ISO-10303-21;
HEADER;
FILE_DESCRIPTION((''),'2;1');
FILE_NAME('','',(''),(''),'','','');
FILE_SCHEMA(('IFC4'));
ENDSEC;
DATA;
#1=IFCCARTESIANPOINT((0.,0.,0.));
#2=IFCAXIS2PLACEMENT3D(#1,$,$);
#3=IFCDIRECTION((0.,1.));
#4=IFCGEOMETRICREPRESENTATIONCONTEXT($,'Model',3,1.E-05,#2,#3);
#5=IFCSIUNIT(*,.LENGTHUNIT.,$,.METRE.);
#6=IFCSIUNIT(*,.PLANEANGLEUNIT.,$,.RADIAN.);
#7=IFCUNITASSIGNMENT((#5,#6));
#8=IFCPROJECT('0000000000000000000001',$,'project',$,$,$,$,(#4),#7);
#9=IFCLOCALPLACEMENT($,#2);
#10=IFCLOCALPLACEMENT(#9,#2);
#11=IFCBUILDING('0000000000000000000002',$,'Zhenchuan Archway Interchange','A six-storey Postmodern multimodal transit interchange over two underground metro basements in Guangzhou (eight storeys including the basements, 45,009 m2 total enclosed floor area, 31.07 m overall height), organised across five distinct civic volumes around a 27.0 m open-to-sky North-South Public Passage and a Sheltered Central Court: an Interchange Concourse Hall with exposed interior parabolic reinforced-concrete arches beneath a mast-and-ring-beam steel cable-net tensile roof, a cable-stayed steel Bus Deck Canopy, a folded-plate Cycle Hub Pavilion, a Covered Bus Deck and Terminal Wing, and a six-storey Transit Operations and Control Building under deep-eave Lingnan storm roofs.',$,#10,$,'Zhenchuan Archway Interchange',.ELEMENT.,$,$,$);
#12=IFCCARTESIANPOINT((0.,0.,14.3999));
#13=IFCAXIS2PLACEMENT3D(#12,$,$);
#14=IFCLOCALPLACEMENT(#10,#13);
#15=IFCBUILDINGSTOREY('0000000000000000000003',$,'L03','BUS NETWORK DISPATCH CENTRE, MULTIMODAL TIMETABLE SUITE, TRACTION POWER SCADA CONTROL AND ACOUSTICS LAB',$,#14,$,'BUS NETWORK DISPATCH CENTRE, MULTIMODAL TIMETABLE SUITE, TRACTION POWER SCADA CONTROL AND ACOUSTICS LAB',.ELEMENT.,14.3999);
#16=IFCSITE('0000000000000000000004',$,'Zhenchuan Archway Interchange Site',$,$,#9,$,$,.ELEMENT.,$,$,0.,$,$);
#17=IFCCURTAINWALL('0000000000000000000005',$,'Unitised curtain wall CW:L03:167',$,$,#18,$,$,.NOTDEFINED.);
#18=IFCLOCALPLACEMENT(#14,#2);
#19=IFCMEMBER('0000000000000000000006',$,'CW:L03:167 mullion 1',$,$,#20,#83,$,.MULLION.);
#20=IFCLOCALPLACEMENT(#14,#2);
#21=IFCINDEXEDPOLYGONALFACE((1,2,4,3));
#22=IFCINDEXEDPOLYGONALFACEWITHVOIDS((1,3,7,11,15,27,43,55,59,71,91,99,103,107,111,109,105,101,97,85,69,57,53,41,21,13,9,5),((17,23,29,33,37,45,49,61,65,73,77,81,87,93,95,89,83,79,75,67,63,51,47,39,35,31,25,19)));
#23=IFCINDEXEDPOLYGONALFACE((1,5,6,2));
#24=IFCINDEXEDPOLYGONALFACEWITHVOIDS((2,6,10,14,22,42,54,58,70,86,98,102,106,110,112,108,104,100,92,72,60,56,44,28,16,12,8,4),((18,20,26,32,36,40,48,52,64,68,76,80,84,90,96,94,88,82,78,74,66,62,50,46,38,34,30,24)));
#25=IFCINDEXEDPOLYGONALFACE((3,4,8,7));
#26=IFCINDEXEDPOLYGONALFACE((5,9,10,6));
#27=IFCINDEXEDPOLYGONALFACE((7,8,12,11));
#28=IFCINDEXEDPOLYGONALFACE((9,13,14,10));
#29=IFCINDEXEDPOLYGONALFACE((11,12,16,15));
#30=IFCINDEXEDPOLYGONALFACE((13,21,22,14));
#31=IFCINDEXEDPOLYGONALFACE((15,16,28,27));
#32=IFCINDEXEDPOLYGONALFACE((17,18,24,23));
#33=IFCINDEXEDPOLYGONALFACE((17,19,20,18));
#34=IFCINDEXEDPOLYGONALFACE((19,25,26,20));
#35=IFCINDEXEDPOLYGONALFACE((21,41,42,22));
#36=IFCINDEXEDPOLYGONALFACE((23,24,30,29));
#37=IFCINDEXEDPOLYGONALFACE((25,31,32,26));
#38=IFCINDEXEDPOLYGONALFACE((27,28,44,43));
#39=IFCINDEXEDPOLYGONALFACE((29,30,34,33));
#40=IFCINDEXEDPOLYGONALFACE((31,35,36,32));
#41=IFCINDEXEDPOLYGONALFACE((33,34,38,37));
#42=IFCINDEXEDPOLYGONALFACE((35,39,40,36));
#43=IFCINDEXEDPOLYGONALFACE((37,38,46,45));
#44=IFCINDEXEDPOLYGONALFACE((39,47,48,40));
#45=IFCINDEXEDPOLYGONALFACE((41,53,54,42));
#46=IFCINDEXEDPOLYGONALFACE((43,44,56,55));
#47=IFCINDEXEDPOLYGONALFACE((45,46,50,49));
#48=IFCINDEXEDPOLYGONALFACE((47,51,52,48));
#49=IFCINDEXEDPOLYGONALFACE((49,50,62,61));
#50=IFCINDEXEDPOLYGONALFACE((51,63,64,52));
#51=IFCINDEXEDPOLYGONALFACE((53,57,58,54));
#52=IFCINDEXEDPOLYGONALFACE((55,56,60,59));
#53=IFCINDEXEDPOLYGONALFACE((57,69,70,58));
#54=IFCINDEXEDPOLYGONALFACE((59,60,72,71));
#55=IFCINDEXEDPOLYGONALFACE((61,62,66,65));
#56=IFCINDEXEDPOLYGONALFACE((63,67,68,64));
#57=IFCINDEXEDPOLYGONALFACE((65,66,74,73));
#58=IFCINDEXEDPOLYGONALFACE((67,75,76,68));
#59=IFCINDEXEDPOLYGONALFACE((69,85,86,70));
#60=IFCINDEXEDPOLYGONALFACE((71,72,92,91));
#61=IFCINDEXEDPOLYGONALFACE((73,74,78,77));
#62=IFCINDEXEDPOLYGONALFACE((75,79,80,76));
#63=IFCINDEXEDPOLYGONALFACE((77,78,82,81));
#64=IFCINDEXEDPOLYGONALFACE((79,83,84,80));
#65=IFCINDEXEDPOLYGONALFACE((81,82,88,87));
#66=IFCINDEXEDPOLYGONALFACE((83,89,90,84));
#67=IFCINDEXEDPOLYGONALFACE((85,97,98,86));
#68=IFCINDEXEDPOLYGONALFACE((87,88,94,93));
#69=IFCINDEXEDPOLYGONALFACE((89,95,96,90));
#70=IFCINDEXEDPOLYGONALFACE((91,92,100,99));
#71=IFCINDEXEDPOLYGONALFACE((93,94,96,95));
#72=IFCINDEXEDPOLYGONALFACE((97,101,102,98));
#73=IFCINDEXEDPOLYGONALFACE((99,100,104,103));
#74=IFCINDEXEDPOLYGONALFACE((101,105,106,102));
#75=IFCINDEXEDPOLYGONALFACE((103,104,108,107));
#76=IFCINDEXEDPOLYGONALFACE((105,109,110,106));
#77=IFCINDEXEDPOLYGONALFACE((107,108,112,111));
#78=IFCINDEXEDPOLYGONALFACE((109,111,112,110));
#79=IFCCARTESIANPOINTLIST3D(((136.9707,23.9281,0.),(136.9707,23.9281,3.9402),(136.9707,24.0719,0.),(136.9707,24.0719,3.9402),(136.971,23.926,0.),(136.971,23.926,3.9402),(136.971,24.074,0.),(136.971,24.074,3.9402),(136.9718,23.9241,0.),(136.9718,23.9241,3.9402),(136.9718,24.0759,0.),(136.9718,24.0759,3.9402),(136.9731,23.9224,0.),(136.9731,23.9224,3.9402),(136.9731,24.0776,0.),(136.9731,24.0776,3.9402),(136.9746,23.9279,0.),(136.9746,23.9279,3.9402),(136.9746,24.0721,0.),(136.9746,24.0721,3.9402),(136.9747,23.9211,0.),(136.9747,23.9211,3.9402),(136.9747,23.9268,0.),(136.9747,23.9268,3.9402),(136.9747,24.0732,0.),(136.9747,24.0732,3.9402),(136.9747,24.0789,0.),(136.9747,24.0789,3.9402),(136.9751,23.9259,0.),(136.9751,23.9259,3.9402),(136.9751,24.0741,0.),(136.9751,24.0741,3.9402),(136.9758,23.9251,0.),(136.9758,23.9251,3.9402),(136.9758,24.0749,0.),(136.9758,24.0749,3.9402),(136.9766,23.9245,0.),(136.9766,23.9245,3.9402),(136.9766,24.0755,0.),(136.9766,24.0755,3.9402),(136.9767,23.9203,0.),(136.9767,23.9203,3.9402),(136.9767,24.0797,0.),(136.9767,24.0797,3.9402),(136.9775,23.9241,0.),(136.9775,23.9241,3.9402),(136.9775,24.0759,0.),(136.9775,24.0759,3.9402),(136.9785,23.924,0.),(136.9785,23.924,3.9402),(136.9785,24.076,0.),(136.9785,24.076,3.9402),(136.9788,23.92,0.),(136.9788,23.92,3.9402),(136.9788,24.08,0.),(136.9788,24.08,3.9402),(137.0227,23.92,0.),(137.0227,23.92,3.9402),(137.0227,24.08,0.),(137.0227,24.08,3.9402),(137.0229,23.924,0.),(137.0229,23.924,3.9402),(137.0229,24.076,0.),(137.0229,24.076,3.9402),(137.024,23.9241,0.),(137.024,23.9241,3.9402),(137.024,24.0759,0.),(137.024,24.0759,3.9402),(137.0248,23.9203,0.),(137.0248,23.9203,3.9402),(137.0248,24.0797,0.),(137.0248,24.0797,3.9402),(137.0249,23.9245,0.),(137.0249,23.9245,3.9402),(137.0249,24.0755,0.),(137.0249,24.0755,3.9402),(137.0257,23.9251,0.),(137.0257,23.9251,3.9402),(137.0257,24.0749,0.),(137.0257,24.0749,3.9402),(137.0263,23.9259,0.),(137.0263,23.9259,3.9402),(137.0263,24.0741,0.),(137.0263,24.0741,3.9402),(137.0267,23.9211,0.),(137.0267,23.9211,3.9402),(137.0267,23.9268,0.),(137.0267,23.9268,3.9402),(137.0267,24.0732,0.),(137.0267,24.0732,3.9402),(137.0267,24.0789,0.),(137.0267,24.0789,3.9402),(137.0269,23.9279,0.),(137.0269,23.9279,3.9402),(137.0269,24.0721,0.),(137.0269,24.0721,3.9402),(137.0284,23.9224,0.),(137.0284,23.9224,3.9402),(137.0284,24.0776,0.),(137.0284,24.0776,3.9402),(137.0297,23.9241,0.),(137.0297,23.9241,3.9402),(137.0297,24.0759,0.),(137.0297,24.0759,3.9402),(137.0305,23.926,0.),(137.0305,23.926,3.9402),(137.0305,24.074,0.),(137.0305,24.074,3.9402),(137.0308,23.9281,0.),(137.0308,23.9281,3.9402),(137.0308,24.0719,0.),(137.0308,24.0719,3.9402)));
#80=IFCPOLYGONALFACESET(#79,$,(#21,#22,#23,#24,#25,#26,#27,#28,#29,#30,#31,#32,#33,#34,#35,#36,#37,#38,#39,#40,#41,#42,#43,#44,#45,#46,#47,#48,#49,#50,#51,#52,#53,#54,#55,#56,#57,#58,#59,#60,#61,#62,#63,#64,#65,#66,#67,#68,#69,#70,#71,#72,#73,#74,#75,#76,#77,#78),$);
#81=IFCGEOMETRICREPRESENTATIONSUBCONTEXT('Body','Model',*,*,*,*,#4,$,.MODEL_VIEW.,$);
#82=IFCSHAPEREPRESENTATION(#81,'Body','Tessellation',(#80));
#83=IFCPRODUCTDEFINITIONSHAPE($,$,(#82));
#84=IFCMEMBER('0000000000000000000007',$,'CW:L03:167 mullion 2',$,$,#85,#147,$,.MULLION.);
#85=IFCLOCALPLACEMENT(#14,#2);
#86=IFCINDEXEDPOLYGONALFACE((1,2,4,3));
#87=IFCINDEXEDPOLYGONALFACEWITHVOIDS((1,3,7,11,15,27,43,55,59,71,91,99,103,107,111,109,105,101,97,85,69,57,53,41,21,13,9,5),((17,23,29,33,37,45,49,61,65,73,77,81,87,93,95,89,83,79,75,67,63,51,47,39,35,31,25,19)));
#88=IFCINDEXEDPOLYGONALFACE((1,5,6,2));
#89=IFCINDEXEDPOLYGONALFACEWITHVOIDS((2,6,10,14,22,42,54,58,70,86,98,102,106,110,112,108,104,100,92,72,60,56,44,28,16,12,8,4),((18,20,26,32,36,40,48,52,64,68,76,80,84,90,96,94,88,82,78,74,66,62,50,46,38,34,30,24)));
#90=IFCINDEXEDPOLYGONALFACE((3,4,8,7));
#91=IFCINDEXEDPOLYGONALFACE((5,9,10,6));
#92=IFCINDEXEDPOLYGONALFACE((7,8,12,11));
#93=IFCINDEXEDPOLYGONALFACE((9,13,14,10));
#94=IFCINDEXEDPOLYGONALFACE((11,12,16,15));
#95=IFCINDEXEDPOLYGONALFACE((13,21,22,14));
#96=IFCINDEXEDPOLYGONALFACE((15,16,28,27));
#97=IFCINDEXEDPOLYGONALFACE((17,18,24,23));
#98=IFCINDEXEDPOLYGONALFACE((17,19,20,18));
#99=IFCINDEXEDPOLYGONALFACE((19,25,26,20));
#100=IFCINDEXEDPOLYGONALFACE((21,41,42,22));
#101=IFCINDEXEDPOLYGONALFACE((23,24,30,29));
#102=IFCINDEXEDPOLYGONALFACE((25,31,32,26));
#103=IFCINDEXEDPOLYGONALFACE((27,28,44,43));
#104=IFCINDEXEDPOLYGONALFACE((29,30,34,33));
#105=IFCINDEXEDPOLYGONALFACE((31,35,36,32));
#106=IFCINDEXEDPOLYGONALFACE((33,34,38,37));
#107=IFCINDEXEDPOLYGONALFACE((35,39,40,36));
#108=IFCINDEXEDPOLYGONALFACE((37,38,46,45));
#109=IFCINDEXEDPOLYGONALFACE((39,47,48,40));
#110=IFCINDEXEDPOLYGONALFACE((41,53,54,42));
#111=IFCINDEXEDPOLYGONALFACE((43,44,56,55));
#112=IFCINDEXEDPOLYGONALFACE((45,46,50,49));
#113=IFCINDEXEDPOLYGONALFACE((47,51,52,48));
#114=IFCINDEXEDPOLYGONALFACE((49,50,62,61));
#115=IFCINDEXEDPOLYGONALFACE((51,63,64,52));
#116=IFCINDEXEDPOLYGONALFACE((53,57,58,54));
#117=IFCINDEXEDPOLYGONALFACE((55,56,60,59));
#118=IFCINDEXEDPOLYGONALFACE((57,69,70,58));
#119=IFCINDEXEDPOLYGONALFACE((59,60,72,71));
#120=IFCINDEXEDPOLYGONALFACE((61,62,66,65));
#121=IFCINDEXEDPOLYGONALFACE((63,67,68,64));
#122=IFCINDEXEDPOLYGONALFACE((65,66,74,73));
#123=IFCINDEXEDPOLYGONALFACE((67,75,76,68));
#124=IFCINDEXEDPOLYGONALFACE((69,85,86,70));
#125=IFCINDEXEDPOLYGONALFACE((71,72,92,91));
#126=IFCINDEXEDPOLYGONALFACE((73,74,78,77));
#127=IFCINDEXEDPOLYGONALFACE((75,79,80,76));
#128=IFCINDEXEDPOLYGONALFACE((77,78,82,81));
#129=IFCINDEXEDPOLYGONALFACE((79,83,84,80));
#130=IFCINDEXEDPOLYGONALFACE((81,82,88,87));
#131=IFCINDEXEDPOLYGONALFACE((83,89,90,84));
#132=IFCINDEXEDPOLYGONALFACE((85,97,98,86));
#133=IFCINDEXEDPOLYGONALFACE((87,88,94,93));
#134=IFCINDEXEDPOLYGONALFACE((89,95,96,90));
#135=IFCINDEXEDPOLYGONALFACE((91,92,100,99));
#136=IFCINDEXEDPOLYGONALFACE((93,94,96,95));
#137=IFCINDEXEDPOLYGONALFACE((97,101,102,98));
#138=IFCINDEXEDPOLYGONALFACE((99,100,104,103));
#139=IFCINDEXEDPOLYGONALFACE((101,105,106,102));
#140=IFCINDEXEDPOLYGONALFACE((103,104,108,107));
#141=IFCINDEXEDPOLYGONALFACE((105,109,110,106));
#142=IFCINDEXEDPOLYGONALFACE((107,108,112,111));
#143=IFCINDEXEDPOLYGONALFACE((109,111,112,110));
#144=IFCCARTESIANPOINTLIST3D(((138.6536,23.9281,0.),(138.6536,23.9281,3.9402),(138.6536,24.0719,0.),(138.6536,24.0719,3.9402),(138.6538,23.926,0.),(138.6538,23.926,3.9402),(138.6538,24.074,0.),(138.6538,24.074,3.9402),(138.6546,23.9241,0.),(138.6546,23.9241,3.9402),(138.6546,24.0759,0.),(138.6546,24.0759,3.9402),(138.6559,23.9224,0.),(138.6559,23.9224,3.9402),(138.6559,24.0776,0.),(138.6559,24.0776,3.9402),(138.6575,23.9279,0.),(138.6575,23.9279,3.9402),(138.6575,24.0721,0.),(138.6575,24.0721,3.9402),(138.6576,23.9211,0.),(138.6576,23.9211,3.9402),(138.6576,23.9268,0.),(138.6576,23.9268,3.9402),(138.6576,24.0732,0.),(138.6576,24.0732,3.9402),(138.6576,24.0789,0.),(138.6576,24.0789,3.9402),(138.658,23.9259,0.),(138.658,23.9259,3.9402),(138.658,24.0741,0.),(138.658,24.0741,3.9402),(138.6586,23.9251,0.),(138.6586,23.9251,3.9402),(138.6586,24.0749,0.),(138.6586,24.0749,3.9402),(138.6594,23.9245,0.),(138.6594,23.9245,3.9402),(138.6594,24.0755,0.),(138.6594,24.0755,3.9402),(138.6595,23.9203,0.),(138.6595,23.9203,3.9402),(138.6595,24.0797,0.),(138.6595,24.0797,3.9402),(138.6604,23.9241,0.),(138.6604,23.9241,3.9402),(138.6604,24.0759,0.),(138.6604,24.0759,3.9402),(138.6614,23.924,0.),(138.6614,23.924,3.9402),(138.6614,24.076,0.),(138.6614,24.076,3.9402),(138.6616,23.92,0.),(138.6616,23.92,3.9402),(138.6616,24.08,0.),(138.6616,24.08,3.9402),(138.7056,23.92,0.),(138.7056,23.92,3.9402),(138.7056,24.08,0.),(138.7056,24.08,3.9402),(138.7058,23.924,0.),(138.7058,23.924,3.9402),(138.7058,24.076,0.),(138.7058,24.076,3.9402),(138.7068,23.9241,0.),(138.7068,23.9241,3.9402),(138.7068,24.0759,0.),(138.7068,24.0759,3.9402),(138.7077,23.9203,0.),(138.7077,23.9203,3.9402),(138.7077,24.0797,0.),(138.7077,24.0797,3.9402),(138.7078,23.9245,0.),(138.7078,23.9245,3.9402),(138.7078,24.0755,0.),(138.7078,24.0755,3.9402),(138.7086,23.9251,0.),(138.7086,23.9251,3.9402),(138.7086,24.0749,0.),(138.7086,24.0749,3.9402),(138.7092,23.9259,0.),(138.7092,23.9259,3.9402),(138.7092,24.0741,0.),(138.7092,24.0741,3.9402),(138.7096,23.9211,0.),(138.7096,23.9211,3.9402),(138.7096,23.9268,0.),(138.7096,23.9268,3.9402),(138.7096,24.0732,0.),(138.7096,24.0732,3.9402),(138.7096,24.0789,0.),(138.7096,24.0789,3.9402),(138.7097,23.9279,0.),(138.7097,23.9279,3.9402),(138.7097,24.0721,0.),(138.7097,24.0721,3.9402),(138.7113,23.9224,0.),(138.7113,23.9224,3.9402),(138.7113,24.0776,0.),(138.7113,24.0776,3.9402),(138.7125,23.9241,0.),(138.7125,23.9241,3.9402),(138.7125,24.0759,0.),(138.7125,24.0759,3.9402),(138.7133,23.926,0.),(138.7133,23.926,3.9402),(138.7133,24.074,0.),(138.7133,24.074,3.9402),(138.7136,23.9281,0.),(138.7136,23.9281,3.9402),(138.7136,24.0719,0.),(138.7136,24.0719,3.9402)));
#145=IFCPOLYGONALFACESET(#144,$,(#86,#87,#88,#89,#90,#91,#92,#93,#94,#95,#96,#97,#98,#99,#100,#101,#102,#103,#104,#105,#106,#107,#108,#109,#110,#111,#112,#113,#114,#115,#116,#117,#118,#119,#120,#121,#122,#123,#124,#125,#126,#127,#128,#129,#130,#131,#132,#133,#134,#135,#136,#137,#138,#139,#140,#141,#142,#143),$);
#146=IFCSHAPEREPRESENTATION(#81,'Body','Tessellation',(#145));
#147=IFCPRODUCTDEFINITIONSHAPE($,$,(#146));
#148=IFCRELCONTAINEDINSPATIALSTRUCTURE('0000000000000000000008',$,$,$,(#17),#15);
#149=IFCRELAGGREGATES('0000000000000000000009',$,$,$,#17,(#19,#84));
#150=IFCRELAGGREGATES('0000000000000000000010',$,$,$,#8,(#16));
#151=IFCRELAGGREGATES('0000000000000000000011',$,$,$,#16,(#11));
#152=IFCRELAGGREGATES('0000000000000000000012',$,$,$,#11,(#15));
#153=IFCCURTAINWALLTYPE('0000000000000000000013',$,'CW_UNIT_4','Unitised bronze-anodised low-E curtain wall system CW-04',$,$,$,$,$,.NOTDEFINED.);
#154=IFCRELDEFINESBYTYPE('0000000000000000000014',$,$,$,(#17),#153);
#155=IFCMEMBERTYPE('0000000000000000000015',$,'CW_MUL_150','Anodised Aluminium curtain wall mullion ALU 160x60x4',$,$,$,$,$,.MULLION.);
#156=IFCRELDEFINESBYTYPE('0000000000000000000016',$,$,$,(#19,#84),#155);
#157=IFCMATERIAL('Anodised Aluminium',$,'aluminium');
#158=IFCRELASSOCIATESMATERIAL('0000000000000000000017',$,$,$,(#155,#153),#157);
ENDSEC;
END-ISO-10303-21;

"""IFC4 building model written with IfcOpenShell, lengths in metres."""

from ifc_helpers import new_model, si_unit, direction, frame, origin, origin_2d, place, context, subcontext, project, spatial, hollow_rectangle, extrude, material, material_profile, profile_set, type_object, element, aggregate, save


model = new_model("IFC4")

# Units and contexts
model_context = context("Model", 3, precision=1e-05, world=origin(), true_north=direction((0.0, 1.0)))
body_context = subcontext(model_context, "Body", "Model", "MODEL_VIEW")
ifc_project = project(units=[si_unit("LENGTHUNIT", "METRE"), si_unit("PLANEANGLEUNIT", "RADIAN")], contexts=[model_context])

# Site, building, storey
site_placement = place(None, origin())
site = spatial("IfcSite", under=ifc_project, at=site_placement, Name="Zhenchuan Archway Interchange Site", CompositionType="ELEMENT", RefElevation=0.0)
building_placement = place(site_placement, origin())
building = spatial("IfcBuilding", under=site, at=building_placement, Name="Zhenchuan Archway Interchange", Description="A six-storey Postmodern multimodal transit interchange over two underground metro basements in Guangzhou (eight storeys including the basements, 45,009 m2 total enclosed floor area, 31.07 m overall height), organised across five distinct civic volumes around a 27.0 m open-to-sky North-South Public Passage and a Sheltered Central Court: an Interchange Concourse Hall with exposed interior parabolic reinforced-concrete arches beneath a mast-and-ring-beam steel cable-net tensile roof, a cable-stayed steel Bus Deck Canopy, a folded-plate Cycle Hub Pavilion, a Covered Bus Deck and Terminal Wing, and a six-storey Transit Operations and Control Building under deep-eave Lingnan storm roofs.", LongName="Zhenchuan Archway Interchange", CompositionType="ELEMENT")
storey_placement = place(building_placement, frame((0.0, 0.0, 14.3999)))
storey = spatial("IfcBuildingStorey", under=building, at=storey_placement, Name="L03", Description="BUS NETWORK DISPATCH CENTRE, MULTIMODAL TIMETABLE SUITE, TRACTION POWER SCADA CONTROL AND ACOUSTICS LAB", LongName="BUS NETWORK DISPATCH CENTRE, MULTIMODAL TIMETABLE SUITE, TRACTION POWER SCADA CONTROL AND ACOUSTICS LAB", CompositionType="ELEMENT", Elevation=14.3999)

# Curtain wall, members
ifc_material_1 = material(Name="Anodised Aluminium", Category="aluminium")
ifc_material_profile_1 = material_profile(ifc_material_1, hollow_rectangle(XDim=0.0601, YDim=0.1599, WallThickness=0.0039, InnerFilletRadius=0.0039, OuterFilletRadius=0.0081, at=origin_2d()), Name="ALU 160x60x4")
ifc_profile_set_1 = profile_set([ifc_material_profile_1], Name="Anodised Aluminium")
member_type_1 = type_object("IfcMemberType", Name="CW_MUL_150", Description="Anodised Aluminium curtain wall mullion ALU 160x60x4", PredefinedType="MULLION", material=ifc_profile_set_1)
curtain_wall_type_1 = type_object("IfcCurtainWallType", Name="CW_UNIT_4", Description="Unitised bronze-anodised low-E curtain wall system CW-04", PredefinedType="NOTDEFINED", material=ifc_material_1)
curtain_wall_1_placement = place(storey_placement, origin())
curtain_wall_1 = element("IfcCurtainWall", 1, at=curtain_wall_1_placement, inside=storey, type_object=curtain_wall_type_1, Name="Unitised curtain wall CW:L03:167", PredefinedType="NOTDEFINED")
member_1_placement = place(storey_placement, frame((137.0007, 24.0, 0.0), z_axis=(0.0, 0.0, 1.0), x_axis=(1.0, 0.0, 0.0)))
member_1 = element("IfcMember", 2, at=member_1_placement, type_object=member_type_1, Name="CW:L03:167 mullion 1", PredefinedType="MULLION", context=body_context, shape_type="SweptSolid", body=[
    extrude(hollow_rectangle(XDim=0.0601, YDim=0.1599, WallThickness=0.0039, InnerFilletRadius=0.0039, OuterFilletRadius=0.0081, at=origin_2d()), origin(), (0.0, 0.0, 1.0), 3.9402),
])
member_2_placement = place(storey_placement, frame((138.6836, 24.0, 0.0), z_axis=(0.0, 0.0, 1.0), x_axis=(1.0, 0.0, 0.0)))
member_2 = element("IfcMember", 3, at=member_2_placement, type_object=member_type_1, Name="CW:L03:167 mullion 2", PredefinedType="MULLION", context=body_context, shape_type="SweptSolid", body=[
    extrude(hollow_rectangle(XDim=0.0601, YDim=0.1599, WallThickness=0.0039, InnerFilletRadius=0.0039, OuterFilletRadius=0.0081, at=origin_2d()), origin(), (0.0, 0.0, 1.0), 3.9402),
])

aggregate(curtain_wall_1, [member_1, member_2])

save(model, "model.ifc")
